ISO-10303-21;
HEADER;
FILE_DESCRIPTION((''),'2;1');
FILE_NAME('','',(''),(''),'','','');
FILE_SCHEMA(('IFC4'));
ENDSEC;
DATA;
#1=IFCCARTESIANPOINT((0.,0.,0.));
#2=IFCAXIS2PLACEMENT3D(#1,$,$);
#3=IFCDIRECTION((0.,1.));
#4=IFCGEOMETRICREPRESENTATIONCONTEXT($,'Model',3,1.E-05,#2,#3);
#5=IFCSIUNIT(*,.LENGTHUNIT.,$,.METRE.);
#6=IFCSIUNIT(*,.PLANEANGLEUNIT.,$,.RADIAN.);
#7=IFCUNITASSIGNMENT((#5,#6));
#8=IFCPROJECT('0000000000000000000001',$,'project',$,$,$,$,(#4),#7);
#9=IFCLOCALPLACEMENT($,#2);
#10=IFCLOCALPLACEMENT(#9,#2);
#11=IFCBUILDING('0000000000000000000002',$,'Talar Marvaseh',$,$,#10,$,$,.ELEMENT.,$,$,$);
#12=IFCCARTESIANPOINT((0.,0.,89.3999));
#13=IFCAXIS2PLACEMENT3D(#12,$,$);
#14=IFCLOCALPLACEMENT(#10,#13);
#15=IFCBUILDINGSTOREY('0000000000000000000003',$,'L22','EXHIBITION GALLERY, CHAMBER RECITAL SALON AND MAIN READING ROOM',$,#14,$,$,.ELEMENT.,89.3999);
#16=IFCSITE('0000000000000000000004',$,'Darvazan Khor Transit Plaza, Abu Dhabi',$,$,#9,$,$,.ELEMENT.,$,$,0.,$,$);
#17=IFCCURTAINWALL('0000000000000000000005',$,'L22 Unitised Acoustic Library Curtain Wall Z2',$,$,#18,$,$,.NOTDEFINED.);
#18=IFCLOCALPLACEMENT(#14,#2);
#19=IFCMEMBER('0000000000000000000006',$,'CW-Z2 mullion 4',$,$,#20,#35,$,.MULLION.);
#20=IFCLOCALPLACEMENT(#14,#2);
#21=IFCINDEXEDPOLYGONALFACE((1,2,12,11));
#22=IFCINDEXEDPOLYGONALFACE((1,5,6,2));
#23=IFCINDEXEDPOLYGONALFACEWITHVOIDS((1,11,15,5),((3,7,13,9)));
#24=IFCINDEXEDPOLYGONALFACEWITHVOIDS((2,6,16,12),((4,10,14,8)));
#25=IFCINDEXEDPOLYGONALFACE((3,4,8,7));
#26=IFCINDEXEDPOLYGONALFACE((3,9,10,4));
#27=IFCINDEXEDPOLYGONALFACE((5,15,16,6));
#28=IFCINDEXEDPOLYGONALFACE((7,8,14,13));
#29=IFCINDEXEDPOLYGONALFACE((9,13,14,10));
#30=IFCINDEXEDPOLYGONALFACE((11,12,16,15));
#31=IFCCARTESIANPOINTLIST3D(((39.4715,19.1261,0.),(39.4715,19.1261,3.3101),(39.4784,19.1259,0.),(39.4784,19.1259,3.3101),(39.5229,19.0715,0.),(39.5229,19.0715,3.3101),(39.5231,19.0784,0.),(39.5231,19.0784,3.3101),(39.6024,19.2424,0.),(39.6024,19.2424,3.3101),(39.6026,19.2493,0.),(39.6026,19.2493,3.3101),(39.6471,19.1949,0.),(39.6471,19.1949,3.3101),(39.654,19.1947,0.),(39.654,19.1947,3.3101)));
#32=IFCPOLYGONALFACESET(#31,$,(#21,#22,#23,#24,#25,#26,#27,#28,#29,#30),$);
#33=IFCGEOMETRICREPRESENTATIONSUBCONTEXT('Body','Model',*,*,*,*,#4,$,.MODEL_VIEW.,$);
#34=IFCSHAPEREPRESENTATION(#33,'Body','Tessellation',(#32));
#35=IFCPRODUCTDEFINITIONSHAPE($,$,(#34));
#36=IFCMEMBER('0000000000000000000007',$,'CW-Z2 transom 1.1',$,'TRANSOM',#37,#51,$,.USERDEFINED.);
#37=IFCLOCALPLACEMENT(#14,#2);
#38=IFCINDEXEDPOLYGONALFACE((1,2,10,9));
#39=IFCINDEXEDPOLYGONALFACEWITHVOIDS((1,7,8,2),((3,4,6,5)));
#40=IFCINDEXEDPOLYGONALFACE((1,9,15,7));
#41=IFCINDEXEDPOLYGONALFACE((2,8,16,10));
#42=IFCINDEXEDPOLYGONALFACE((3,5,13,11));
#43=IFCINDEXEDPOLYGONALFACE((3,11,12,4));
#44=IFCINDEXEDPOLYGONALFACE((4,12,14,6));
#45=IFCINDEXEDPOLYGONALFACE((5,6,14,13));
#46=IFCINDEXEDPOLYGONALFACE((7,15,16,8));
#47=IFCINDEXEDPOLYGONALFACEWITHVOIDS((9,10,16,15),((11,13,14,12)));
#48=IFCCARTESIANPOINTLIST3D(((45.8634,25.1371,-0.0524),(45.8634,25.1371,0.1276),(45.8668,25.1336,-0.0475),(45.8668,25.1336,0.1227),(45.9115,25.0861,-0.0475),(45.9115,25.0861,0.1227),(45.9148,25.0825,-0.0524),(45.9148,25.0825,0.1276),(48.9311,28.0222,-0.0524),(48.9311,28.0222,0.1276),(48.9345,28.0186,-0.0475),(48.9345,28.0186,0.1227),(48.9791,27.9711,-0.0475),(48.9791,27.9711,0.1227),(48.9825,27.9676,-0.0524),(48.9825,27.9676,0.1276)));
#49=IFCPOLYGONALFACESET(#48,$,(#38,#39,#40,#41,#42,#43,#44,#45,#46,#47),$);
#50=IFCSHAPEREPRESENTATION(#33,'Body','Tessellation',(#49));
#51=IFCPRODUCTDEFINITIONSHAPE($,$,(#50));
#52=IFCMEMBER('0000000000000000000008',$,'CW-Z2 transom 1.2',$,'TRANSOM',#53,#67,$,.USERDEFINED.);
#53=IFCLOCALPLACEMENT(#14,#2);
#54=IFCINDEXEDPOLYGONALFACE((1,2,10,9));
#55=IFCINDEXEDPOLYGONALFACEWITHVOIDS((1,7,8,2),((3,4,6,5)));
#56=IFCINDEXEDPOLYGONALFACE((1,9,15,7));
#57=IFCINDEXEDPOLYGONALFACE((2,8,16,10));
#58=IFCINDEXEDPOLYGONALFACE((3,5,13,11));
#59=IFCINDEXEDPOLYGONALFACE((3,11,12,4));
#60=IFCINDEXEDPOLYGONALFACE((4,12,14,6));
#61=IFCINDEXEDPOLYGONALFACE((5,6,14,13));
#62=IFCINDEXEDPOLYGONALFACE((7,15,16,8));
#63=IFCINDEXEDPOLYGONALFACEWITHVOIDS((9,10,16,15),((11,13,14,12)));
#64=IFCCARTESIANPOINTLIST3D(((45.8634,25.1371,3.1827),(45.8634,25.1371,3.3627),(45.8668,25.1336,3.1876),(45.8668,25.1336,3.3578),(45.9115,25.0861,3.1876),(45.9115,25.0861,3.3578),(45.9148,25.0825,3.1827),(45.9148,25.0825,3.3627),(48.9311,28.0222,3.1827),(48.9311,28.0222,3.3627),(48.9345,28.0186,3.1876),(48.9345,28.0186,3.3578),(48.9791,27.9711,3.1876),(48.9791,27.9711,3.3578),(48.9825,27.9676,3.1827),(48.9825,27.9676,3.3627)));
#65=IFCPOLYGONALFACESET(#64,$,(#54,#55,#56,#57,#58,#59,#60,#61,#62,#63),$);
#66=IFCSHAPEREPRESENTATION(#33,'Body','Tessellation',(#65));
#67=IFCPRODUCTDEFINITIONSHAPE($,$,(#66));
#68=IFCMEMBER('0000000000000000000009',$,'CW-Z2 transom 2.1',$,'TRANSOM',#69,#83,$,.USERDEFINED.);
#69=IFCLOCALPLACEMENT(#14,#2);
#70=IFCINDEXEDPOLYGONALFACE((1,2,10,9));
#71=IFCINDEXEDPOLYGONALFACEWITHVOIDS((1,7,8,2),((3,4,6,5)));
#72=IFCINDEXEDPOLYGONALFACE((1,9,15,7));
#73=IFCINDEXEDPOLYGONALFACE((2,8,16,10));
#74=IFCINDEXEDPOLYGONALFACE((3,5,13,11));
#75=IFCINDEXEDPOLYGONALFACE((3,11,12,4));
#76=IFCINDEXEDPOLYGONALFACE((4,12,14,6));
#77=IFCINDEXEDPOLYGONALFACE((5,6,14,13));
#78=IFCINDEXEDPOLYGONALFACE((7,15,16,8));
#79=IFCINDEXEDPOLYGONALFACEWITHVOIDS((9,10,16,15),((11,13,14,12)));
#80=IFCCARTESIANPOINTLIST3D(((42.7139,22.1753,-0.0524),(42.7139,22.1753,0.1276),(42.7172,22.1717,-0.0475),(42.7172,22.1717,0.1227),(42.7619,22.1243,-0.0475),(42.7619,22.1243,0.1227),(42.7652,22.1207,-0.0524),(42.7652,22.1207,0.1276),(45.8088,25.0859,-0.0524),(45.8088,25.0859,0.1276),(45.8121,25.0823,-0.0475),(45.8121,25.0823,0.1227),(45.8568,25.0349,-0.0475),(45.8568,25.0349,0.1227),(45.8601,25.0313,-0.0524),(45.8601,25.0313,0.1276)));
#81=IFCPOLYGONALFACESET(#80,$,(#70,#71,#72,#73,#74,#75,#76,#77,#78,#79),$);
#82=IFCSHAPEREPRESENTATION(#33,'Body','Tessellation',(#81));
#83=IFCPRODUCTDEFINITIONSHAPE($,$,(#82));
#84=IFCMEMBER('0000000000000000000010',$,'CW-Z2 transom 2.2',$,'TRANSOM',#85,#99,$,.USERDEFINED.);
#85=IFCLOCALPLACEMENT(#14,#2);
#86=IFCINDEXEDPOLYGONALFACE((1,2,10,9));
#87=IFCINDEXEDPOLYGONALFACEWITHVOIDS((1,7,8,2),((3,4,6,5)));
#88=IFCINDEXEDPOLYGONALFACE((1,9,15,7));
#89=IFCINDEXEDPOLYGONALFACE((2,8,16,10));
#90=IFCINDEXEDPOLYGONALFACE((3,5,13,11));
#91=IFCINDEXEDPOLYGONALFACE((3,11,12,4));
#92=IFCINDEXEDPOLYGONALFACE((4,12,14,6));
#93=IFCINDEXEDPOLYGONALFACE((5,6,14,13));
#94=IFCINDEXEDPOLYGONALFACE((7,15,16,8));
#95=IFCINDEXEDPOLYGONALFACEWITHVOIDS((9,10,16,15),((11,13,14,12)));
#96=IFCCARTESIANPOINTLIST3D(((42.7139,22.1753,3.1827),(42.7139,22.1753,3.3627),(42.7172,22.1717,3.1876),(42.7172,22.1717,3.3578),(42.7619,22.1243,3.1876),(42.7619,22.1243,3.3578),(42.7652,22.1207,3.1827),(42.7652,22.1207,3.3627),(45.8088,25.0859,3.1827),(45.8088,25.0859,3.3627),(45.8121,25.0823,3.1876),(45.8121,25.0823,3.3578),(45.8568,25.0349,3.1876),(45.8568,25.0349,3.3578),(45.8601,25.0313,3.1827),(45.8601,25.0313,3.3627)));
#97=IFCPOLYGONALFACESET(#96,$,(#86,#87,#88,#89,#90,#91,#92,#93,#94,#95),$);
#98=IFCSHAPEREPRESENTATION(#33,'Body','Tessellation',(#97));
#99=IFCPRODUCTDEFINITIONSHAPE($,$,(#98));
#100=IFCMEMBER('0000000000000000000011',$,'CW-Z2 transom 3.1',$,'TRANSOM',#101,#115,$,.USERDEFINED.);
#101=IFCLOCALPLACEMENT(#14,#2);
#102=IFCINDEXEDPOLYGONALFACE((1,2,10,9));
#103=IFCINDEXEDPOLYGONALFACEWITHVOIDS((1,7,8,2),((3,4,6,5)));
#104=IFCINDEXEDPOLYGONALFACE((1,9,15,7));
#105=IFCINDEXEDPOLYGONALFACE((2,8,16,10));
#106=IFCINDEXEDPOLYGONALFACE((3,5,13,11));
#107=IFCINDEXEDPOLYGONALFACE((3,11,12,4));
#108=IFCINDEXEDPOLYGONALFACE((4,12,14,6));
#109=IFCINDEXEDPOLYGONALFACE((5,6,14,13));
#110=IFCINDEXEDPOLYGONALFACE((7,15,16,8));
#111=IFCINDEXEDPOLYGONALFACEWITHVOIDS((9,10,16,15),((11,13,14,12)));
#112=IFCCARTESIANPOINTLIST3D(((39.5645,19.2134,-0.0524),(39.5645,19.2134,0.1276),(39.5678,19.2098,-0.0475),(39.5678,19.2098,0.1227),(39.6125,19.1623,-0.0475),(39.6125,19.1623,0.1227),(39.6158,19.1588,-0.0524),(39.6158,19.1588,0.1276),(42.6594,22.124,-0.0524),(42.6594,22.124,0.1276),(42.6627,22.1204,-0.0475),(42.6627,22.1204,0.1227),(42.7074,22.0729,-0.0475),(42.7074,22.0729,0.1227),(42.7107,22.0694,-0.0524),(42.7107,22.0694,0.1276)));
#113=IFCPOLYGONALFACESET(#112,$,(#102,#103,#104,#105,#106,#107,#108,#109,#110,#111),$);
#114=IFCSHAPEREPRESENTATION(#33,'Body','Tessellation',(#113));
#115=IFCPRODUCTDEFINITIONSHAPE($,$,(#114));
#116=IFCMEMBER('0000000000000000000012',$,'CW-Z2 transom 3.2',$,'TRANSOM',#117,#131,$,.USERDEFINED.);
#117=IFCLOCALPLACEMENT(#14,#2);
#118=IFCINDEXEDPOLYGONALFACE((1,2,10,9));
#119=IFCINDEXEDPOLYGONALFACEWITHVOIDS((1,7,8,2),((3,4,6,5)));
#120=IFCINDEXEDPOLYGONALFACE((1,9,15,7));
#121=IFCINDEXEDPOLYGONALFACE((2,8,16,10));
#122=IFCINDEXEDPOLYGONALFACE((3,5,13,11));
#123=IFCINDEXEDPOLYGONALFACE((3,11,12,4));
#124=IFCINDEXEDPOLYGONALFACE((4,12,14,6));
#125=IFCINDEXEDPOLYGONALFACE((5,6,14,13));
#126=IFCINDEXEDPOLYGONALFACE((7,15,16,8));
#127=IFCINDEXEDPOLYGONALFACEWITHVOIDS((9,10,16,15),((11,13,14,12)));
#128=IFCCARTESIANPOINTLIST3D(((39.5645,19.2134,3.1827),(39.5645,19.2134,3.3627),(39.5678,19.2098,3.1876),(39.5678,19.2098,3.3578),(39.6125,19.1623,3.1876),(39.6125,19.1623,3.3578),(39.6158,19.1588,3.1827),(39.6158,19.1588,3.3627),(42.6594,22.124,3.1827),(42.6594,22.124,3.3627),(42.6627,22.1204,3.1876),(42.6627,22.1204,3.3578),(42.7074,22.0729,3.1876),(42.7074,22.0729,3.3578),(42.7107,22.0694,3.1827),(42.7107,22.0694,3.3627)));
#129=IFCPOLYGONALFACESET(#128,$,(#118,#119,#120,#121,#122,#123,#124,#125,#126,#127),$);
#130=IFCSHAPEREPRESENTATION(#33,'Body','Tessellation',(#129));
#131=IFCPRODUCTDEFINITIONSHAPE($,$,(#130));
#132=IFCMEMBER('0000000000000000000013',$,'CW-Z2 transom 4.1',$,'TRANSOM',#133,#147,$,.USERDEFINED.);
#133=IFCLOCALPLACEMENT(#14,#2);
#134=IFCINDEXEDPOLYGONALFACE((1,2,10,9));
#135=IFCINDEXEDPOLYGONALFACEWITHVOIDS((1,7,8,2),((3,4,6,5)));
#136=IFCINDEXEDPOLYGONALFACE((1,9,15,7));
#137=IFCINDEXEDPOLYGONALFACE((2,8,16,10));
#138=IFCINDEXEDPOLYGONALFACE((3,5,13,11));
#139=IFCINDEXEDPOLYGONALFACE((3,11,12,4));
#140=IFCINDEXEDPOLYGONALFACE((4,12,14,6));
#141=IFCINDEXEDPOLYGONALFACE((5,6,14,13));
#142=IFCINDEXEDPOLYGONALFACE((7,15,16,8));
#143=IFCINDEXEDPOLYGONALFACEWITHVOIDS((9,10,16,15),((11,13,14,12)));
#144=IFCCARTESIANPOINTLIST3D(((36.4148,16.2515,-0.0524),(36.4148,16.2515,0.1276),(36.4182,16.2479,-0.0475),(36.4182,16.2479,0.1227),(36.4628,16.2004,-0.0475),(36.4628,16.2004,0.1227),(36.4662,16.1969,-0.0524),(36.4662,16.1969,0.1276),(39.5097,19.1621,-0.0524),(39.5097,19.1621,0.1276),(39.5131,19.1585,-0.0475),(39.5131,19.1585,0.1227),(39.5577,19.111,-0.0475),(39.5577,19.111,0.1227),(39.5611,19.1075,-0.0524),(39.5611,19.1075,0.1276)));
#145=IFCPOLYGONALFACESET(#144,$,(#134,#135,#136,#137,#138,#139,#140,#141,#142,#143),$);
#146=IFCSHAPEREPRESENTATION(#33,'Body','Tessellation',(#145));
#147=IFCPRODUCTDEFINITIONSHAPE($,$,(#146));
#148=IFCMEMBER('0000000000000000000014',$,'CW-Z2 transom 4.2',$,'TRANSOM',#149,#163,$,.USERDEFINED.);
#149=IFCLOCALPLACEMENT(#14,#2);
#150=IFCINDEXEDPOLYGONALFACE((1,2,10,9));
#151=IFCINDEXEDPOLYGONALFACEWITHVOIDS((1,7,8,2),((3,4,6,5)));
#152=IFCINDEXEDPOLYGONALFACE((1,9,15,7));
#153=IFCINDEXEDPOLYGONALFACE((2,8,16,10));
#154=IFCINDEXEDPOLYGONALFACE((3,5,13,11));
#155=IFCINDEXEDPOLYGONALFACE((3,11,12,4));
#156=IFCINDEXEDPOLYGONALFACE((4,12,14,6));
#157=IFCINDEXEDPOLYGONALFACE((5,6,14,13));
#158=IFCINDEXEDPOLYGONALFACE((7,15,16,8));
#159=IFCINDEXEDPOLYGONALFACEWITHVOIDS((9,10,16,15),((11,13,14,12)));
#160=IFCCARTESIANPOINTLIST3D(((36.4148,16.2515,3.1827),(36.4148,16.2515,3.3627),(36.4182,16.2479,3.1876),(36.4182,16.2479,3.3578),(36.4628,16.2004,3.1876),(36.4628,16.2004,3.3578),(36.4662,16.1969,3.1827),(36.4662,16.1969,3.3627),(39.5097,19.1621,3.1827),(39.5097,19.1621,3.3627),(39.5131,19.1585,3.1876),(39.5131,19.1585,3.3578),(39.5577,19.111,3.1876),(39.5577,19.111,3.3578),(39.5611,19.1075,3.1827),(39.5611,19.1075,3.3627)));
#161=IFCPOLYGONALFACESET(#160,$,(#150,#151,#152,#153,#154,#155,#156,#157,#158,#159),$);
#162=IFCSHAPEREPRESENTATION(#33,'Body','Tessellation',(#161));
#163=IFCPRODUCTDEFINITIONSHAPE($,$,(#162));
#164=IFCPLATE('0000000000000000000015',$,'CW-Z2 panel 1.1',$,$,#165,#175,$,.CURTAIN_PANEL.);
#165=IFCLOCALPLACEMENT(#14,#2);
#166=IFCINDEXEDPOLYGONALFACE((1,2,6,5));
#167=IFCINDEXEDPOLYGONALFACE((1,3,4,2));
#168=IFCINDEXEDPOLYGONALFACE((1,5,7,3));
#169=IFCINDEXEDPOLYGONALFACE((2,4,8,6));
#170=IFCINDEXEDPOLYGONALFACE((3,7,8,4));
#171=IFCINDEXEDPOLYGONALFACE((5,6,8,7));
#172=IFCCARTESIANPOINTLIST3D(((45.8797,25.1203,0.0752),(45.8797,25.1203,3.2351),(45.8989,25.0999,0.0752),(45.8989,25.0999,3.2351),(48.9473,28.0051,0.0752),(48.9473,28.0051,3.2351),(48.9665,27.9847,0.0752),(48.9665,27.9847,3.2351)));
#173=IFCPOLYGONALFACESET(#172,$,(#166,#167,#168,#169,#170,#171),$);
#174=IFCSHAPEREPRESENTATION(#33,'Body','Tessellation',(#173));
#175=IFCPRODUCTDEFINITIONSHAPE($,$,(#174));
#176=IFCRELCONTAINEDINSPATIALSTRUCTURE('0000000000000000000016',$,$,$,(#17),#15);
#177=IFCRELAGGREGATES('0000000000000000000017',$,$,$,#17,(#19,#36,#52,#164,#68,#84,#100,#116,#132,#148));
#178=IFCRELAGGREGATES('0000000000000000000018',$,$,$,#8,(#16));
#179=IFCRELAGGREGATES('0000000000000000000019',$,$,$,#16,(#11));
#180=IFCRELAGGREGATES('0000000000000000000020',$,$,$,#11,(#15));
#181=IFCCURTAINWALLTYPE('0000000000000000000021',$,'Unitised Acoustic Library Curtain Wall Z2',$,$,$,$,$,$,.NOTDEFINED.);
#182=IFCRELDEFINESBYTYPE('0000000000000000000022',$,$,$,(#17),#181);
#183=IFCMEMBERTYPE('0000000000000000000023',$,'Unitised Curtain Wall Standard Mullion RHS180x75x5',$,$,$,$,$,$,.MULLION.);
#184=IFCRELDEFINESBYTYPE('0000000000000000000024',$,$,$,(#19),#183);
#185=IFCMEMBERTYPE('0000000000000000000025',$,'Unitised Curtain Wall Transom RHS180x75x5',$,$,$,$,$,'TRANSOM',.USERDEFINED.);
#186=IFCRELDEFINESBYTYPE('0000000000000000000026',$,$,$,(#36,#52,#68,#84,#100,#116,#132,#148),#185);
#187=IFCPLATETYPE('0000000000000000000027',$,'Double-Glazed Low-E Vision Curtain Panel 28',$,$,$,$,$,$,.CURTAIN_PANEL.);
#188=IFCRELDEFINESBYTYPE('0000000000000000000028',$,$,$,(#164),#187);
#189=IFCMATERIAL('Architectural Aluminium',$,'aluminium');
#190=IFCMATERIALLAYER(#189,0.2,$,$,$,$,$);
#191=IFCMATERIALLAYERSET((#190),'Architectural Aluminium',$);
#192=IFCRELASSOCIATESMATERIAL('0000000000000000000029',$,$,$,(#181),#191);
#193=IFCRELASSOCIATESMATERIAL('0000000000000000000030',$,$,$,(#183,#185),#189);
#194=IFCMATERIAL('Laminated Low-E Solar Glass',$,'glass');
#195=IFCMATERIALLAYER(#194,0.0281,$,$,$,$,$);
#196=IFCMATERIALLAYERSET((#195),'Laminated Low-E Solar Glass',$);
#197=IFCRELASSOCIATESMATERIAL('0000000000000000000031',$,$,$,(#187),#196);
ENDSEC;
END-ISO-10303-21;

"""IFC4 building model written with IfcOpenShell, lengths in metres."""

from ifc_helpers import new_model, si_unit, direction, frame, origin, origin_2d, place, context, subcontext, project, spatial, rectangle, hollow_rectangle, extrude, source, transform, mapped, material, layer, layer_set, material_profile, profile_set, type_object, type_shapes, element, aggregate, save


model = new_model("IFC4")

# Units and contexts
model_context = context("Model", 3, precision=1e-05, world=origin(), true_north=direction((0.0, 1.0)))
body_context = subcontext(model_context, "Body", "Model", "MODEL_VIEW")
ifc_project = project(units=[si_unit("LENGTHUNIT", "METRE"), si_unit("PLANEANGLEUNIT", "RADIAN")], contexts=[model_context])

# Site, building, storey
site_placement = place(None, origin())
site = spatial("IfcSite", under=ifc_project, at=site_placement, Name="Darvazan Khor Transit Plaza, Abu Dhabi", CompositionType="ELEMENT", RefElevation=0.0)
building_placement = place(site_placement, origin())
building = spatial("IfcBuilding", under=site, at=building_placement, Name="Talar Marvaseh", CompositionType="ELEMENT")
storey_placement = place(building_placement, frame((0.0, 0.0, 89.3999)))
storey = spatial("IfcBuildingStorey", under=building, at=storey_placement, Name="L22", Description="EXHIBITION GALLERY, CHAMBER RECITAL SALON AND MAIN READING ROOM", CompositionType="ELEMENT", Elevation=89.3999)

# Curtain wall, members, plate
ifc_material_1 = material(Name="Architectural Aluminium", Category="aluminium")
ifc_layer_1 = layer(ifc_material_1, 0.2)
ifc_layer_set_1 = layer_set([ifc_layer_1], Name="Architectural Aluminium")
curtain_wall_type = type_object("IfcCurtainWallType", Name="Unitised Acoustic Library Curtain Wall Z2", PredefinedType="NOTDEFINED", material=ifc_layer_set_1)
curtain_wall_placement = place(storey_placement, origin())
curtain_wall = element("IfcCurtainWall", 1, at=curtain_wall_placement, inside=storey, type_object=curtain_wall_type, Name="L22 Unitised Acoustic Library Curtain Wall Z2", PredefinedType="NOTDEFINED")
ifc_material_profile_1 = material_profile(ifc_material_1, hollow_rectangle(XDim=0.075, YDim=0.1799, WallThickness=0.0049, at=origin_2d()), Name="RHS180x75x5")
ifc_profile_set_1 = profile_set([ifc_material_profile_1], Name="Architectural Aluminium")
member_type_1 = type_object("IfcMemberType", Name="Unitised Curtain Wall Standard Mullion RHS180x75x5", PredefinedType="MULLION", material=ifc_profile_set_1)
shared_shape_1 = source(origin(), body_context, "Body", "SweptSolid", [
    extrude(hollow_rectangle(XDim=0.075, YDim=0.1799, WallThickness=0.0049, at=origin_2d()), origin(), (0.0, 0.0, 1.0), 3.3101),
])
type_shapes(member_type_1, [shared_shape_1])
member_1_placement = place(storey_placement, frame((39.5627, 19.1604, 0.0), z_axis=(0.0, 0.0, 1.0), x_axis=(0.685069, -0.728478, 0.0)))
member_1 = element("IfcMember", 2, at=member_1_placement, type_object=member_type_1, Name="CW-Z2 mullion 4", PredefinedType="MULLION", context=body_context, shape_type="MappedRepresentation", body=[
    mapped(shared_shape_1, transform((0.0, 0.0, 0.0), x_axis=(1.0, 0.0, 0.0), y_axis=(0.0, 1.0, 0.0), z_axis=(0.0, 0.0, 1.0), scale=1.0)),
])
ifc_material_profile_2 = material_profile(ifc_material_1, hollow_rectangle(XDim=0.075, YDim=0.1799, WallThickness=0.0049, at=origin_2d()), Name="RHS180x75x5")
ifc_profile_set_2 = profile_set([ifc_material_profile_2], Name="Architectural Aluminium")
member_type_2 = type_object("IfcMemberType", Name="Unitised Curtain Wall Transom RHS180x75x5", ElementType="TRANSOM", PredefinedType="USERDEFINED", material=ifc_profile_set_2)
shared_shape_2 = source(origin(), body_context, "Body", "SweptSolid", [
    extrude(hollow_rectangle(XDim=0.075, YDim=0.1799, WallThickness=0.0049, at=origin_2d()), origin(), (0.0, 0.0, 1.0), 4.2112),
])
member_2_placement = place(storey_placement, frame((48.9568, 27.9949, 0.0376), z_axis=(-0.728457, -0.685092, 0.0), x_axis=(0.685092, -0.728457, 0.0)))
member_2 = element("IfcMember", 3, at=member_2_placement, type_object=member_type_2, Name="CW-Z2 transom 1.1", ObjectType="TRANSOM", PredefinedType="USERDEFINED", context=body_context, shape_type="MappedRepresentation", body=[
    mapped(shared_shape_2, transform((0.0, 0.0, 0.0), x_axis=(1.0, 0.0, 0.0), y_axis=(0.0, 1.0, 0.0), z_axis=(0.0, 0.0, 1.0), scale=1.0)),
])
member_3_placement = place(storey_placement, frame((48.9568, 27.9949, 3.2727), z_axis=(-0.728457, -0.685092, 0.0), x_axis=(0.685092, -0.728457, 0.0)))
member_3 = element("IfcMember", 4, at=member_3_placement, type_object=member_type_2, Name="CW-Z2 transom 1.2", ObjectType="TRANSOM", PredefinedType="USERDEFINED", context=body_context, shape_type="MappedRepresentation", body=[
    mapped(shared_shape_2, transform((0.0, 0.0, 0.0), x_axis=(1.0, 0.0, 0.0), y_axis=(0.0, 1.0, 0.0), z_axis=(0.0, 0.0, 1.0), scale=1.0)),
])
shared_shape_3 = source(origin(), body_context, "Body", "SweptSolid", [
    extrude(hollow_rectangle(XDim=0.075, YDim=0.1799, WallThickness=0.0049, at=origin_2d()), origin(), (0.0, 0.0, 1.0), 4.2485),
])
type_shapes(member_type_2, [shared_shape_2, shared_shape_3])
member_4_placement = place(storey_placement, frame((45.8345, 25.0586, 0.0376), z_axis=(-0.728466, -0.685081, 0.0), x_axis=(0.685081, -0.728466, 0.0)))
member_4 = element("IfcMember", 5, at=member_4_placement, type_object=member_type_2, Name="CW-Z2 transom 2.1", ObjectType="TRANSOM", PredefinedType="USERDEFINED", context=body_context, shape_type="MappedRepresentation", body=[
    mapped(shared_shape_3, transform((0.0, 0.0, 0.0), x_axis=(1.0, 0.0, 0.0), y_axis=(0.0, 1.0, 0.0), z_axis=(0.0, 0.0, 1.0), scale=1.0)),
])
member_5_placement = place(storey_placement, frame((45.8345, 25.0586, 3.2727), z_axis=(-0.728466, -0.685081, 0.0), x_axis=(0.685081, -0.728466, 0.0)))
member_5 = element("IfcMember", 6, at=member_5_placement, type_object=member_type_2, Name="CW-Z2 transom 2.2", ObjectType="TRANSOM", PredefinedType="USERDEFINED", context=body_context, shape_type="MappedRepresentation", body=[
    mapped(shared_shape_3, transform((0.0, 0.0, 0.0), x_axis=(1.0, 0.0, 0.0), y_axis=(0.0, 1.0, 0.0), z_axis=(0.0, 0.0, 1.0), scale=1.0)),
])
member_6_placement = place(storey_placement, frame((42.6851, 22.0967, 0.0376), z_axis=(-0.728466, -0.685081, 0.0), x_axis=(0.685081, -0.728466, 0.0)))
member_6 = element("IfcMember", 7, at=member_6_placement, type_object=member_type_2, Name="CW-Z2 transom 3.1", ObjectType="TRANSOM", PredefinedType="USERDEFINED", context=body_context, shape_type="MappedRepresentation", body=[
    mapped(shared_shape_3, transform((0.0, 0.0, 0.0), x_axis=(1.0, 0.0, 0.0), y_axis=(0.0, 1.0, 0.0), z_axis=(0.0, 0.0, 1.0), scale=1.0)),
])
member_7_placement = place(storey_placement, frame((42.6851, 22.0967, 3.2727), z_axis=(-0.728466, -0.685081, 0.0), x_axis=(0.685081, -0.728466, 0.0)))
member_7 = element("IfcMember", 8, at=member_7_placement, type_object=member_type_2, Name="CW-Z2 transom 3.2", ObjectType="TRANSOM", PredefinedType="USERDEFINED", context=body_context, shape_type="MappedRepresentation", body=[
    mapped(shared_shape_3, transform((0.0, 0.0, 0.0), x_axis=(1.0, 0.0, 0.0), y_axis=(0.0, 1.0, 0.0), z_axis=(0.0, 0.0, 1.0), scale=1.0)),
])
member_8_placement = place(storey_placement, frame((39.5354, 19.1348, 0.0376), z_axis=(-0.728466, -0.685081, 0.0), x_axis=(0.685081, -0.728466, 0.0)))
member_8 = element("IfcMember", 9, at=member_8_placement, type_object=member_type_2, Name="CW-Z2 transom 4.1", ObjectType="TRANSOM", PredefinedType="USERDEFINED", context=body_context, shape_type="MappedRepresentation", body=[
    mapped(shared_shape_3, transform((0.0, 0.0, 0.0), x_axis=(1.0, 0.0, 0.0), y_axis=(0.0, 1.0, 0.0), z_axis=(0.0, 0.0, 1.0), scale=1.0)),
])
member_9_placement = place(storey_placement, frame((39.5354, 19.1348, 3.2727), z_axis=(-0.728466, -0.685081, 0.0), x_axis=(0.685081, -0.728466, 0.0)))
member_9 = element("IfcMember", 10, at=member_9_placement, type_object=member_type_2, Name="CW-Z2 transom 4.2", ObjectType="TRANSOM", PredefinedType="USERDEFINED", context=body_context, shape_type="MappedRepresentation", body=[
    mapped(shared_shape_3, transform((0.0, 0.0, 0.0), x_axis=(1.0, 0.0, 0.0), y_axis=(0.0, 1.0, 0.0), z_axis=(0.0, 0.0, 1.0), scale=1.0)),
])
ifc_material_2 = material(Name="Laminated Low-E Solar Glass", Category="glass")
ifc_layer_2 = layer(ifc_material_2, 0.0281)
ifc_layer_set_2 = layer_set([ifc_layer_2], Name="Laminated Low-E Solar Glass")
plate_type = type_object("IfcPlateType", Name="Double-Glazed Low-E Vision Curtain Panel 28", PredefinedType="CURTAIN_PANEL", material=ifc_layer_set_2)
shared_shape_4 = source(origin(), body_context, "Body", "SweptSolid", [
    extrude(rectangle(XDim=4.2109, YDim=0.0281, at=origin_2d()), origin(), (0.0, 0.0, 1.0), 3.1599),
])
plate_1_placement = place(storey_placement, frame((47.4231, 26.5525, 0.0752), z_axis=(0.0, 0.0, 1.0), x_axis=(-0.728478, -0.685069, 0.0)))
plate_1 = element("IfcPlate", 11, at=plate_1_placement, type_object=plate_type, Name="CW-Z2 panel 1.1", PredefinedType="CURTAIN_PANEL", context=body_context, shape_type="MappedRepresentation", body=[
    mapped(shared_shape_4, transform((0.0, 0.0, 0.0), x_axis=(1.0, 0.0, 0.0), y_axis=(0.0, 1.0, 0.0), z_axis=(0.0, 0.0, 1.0), scale=1.0)),
])
aggregate(curtain_wall, [member_1, member_2, member_3, plate_1, member_4, member_5, member_6, member_7, member_8, member_9])

save(model, "model.ifc")
